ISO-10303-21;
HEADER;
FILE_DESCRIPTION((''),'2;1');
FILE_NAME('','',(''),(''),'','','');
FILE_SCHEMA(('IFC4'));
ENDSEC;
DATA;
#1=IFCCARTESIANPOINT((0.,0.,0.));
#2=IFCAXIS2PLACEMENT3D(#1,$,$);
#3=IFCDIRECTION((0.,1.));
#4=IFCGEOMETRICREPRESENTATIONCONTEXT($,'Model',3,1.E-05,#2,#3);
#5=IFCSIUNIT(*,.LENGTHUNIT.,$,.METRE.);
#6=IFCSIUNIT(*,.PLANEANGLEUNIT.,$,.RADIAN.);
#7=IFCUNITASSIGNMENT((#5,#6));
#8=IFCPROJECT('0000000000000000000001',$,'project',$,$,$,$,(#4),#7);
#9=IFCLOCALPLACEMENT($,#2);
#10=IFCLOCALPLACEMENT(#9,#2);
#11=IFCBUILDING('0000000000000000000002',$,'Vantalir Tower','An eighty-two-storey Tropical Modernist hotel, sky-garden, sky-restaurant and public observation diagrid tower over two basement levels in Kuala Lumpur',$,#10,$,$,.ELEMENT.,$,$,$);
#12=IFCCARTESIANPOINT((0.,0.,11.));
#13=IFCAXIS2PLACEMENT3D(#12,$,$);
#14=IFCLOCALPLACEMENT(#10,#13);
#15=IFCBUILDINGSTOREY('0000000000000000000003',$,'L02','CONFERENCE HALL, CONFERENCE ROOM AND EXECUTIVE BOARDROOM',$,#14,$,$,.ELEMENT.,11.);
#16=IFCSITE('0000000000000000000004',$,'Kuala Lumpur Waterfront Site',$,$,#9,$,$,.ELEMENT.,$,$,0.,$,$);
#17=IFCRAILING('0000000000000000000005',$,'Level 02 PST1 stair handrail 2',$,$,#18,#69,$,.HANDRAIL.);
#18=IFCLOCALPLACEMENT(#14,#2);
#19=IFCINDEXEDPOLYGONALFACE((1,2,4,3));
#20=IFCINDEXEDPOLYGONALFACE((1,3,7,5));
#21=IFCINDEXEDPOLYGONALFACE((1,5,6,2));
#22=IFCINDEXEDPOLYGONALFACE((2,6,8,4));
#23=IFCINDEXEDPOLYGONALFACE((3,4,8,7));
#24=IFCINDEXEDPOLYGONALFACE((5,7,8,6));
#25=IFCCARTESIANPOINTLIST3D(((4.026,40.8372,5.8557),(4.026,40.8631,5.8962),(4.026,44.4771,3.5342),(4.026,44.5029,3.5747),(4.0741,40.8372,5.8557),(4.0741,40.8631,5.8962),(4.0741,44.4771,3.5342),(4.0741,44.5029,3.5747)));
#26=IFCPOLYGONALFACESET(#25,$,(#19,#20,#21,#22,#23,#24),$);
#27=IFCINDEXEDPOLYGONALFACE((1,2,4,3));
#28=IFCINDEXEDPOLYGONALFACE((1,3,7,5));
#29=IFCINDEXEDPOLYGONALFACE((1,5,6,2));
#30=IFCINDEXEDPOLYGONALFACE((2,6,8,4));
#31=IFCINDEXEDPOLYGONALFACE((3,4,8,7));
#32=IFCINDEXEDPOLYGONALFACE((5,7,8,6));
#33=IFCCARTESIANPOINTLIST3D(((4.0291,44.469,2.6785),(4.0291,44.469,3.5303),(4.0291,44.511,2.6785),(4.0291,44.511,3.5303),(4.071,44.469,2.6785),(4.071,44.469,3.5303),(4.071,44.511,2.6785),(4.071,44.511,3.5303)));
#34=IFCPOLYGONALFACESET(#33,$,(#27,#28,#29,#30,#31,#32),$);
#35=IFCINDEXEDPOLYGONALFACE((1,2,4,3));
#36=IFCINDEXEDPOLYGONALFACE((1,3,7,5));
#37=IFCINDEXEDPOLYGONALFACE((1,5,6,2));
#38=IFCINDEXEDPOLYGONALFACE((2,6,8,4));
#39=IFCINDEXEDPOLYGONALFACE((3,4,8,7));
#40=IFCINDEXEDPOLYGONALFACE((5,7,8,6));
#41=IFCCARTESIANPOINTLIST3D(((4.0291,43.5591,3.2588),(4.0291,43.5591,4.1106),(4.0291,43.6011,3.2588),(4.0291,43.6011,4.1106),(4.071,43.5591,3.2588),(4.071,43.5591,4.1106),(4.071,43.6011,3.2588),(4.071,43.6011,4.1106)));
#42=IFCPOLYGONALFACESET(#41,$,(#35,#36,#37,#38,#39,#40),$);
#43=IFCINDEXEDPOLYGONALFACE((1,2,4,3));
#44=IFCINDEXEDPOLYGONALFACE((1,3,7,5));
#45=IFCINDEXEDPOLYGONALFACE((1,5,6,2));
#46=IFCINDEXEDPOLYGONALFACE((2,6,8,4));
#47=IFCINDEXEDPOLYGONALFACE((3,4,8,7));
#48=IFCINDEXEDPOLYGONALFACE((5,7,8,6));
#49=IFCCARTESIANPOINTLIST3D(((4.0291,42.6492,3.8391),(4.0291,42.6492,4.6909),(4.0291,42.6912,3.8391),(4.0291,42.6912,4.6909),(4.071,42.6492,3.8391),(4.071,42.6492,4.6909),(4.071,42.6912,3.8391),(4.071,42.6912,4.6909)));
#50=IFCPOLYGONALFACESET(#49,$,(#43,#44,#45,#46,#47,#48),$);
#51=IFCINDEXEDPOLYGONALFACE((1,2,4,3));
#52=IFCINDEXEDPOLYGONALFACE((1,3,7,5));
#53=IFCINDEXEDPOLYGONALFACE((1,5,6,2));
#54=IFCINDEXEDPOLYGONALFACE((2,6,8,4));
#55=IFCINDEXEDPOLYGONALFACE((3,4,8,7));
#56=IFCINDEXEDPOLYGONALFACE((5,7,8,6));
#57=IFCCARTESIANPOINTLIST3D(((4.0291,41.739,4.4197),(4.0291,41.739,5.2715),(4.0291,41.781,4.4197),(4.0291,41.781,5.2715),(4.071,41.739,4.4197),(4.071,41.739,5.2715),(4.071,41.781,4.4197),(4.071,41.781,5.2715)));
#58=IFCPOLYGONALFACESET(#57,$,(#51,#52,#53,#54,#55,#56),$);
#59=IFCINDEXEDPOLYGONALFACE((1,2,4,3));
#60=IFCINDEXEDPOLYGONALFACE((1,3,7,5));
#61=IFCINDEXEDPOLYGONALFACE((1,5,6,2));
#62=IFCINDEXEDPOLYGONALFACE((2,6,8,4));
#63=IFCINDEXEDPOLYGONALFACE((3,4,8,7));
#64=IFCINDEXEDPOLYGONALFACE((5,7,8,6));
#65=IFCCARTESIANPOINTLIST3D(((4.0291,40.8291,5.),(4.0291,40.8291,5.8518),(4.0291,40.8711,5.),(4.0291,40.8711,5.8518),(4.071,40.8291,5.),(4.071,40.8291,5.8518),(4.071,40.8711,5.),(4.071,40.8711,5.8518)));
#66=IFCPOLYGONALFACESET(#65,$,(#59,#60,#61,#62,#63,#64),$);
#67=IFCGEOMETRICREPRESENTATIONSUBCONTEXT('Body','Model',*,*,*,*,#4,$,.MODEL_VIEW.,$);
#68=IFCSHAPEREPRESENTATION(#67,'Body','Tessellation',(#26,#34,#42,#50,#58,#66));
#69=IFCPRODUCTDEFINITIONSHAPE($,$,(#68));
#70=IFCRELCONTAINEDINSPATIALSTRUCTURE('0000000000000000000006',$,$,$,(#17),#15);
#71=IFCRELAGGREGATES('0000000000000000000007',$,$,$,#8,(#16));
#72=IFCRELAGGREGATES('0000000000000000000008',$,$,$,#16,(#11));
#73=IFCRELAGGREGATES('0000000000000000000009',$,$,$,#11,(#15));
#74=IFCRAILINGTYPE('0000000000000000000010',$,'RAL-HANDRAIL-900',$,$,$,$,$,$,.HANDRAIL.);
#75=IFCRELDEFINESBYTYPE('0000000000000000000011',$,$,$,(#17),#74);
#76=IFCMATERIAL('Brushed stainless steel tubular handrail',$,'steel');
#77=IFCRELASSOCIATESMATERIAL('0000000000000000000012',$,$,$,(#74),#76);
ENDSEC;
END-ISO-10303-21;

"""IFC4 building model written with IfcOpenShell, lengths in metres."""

from ifc_helpers import new_model, si_unit, direction, frame, origin, origin_2d, place, context, subcontext, project, spatial, rectangle, extrude, material, type_object, element, save


model = new_model("IFC4")

# Units and contexts
model_context = context("Model", 3, precision=1e-05, world=origin(), true_north=direction((0.0, 1.0)))
body_context = subcontext(model_context, "Body", "Model", "MODEL_VIEW")
ifc_project = project(units=[si_unit("LENGTHUNIT", "METRE"), si_unit("PLANEANGLEUNIT", "RADIAN")], contexts=[model_context])

# Site, building, storey
site_placement = place(None, origin())
site = spatial("IfcSite", under=ifc_project, at=site_placement, Name="Kuala Lumpur Waterfront Site", CompositionType="ELEMENT", RefElevation=0.0)
building_placement = place(site_placement, origin())
building = spatial("IfcBuilding", under=site, at=building_placement, Name="Vantalir Tower", Description="An eighty-two-storey Tropical Modernist hotel, sky-garden, sky-restaurant and public observation diagrid tower over two basement levels in Kuala Lumpur", CompositionType="ELEMENT")
storey_placement = place(building_placement, frame((0.0, 0.0, 11.0)))
storey = spatial("IfcBuildingStorey", under=building, at=storey_placement, Name="L02", Description="CONFERENCE HALL, CONFERENCE ROOM AND EXECUTIVE BOARDROOM", CompositionType="ELEMENT", Elevation=11.0)

# Railing
ifc_material_1 = material(Name="Brushed stainless steel tubular handrail", Category="steel")
railing_type_1 = type_object("IfcRailingType", Name="RAL-HANDRAIL-900", PredefinedType="HANDRAIL", material=ifc_material_1)
railing_1_placement = place(storey_placement, frame((4.05, 44.49, 2.6785)))
element("IfcRailing", 1, at=railing_1_placement, inside=storey, type_object=railing_type_1, Name="Level 02 PST1 stair handrail 2", PredefinedType="HANDRAIL", context=body_context, shape_type="SweptSolid", body=[
    extrude(rectangle(XDim=0.0481, YDim=0.0481, at=origin_2d()), frame((0.0, 0.0, 0.876), z_axis=(0.0, -0.843112, 0.537739), x_axis=(1.0, 0.0, 0.0)), (0.0, 0.0, 1.0), 4.3171),
    extrude(rectangle(XDim=0.042, YDim=0.042, at=origin_2d()), origin(), (0.0, 0.0, 1.0), 0.8518),
    extrude(rectangle(XDim=0.042, YDim=0.042, at=origin_2d()), frame((0.0, -0.9099, 0.5803)), (0.0, 0.0, 1.0), 0.8518),
    extrude(rectangle(XDim=0.042, YDim=0.042, at=origin_2d()), frame((0.0, -1.8198, 1.1606)), (0.0, 0.0, 1.0), 0.8518),
    extrude(rectangle(XDim=0.042, YDim=0.042, at=origin_2d()), frame((0.0, -2.73, 1.7412)), (0.0, 0.0, 1.0), 0.8518),
    extrude(rectangle(XDim=0.042, YDim=0.042, at=origin_2d()), frame((0.0, -3.6399, 2.3215)), (0.0, 0.0, 1.0), 0.8518),
])

save(model, "model.ifc")
